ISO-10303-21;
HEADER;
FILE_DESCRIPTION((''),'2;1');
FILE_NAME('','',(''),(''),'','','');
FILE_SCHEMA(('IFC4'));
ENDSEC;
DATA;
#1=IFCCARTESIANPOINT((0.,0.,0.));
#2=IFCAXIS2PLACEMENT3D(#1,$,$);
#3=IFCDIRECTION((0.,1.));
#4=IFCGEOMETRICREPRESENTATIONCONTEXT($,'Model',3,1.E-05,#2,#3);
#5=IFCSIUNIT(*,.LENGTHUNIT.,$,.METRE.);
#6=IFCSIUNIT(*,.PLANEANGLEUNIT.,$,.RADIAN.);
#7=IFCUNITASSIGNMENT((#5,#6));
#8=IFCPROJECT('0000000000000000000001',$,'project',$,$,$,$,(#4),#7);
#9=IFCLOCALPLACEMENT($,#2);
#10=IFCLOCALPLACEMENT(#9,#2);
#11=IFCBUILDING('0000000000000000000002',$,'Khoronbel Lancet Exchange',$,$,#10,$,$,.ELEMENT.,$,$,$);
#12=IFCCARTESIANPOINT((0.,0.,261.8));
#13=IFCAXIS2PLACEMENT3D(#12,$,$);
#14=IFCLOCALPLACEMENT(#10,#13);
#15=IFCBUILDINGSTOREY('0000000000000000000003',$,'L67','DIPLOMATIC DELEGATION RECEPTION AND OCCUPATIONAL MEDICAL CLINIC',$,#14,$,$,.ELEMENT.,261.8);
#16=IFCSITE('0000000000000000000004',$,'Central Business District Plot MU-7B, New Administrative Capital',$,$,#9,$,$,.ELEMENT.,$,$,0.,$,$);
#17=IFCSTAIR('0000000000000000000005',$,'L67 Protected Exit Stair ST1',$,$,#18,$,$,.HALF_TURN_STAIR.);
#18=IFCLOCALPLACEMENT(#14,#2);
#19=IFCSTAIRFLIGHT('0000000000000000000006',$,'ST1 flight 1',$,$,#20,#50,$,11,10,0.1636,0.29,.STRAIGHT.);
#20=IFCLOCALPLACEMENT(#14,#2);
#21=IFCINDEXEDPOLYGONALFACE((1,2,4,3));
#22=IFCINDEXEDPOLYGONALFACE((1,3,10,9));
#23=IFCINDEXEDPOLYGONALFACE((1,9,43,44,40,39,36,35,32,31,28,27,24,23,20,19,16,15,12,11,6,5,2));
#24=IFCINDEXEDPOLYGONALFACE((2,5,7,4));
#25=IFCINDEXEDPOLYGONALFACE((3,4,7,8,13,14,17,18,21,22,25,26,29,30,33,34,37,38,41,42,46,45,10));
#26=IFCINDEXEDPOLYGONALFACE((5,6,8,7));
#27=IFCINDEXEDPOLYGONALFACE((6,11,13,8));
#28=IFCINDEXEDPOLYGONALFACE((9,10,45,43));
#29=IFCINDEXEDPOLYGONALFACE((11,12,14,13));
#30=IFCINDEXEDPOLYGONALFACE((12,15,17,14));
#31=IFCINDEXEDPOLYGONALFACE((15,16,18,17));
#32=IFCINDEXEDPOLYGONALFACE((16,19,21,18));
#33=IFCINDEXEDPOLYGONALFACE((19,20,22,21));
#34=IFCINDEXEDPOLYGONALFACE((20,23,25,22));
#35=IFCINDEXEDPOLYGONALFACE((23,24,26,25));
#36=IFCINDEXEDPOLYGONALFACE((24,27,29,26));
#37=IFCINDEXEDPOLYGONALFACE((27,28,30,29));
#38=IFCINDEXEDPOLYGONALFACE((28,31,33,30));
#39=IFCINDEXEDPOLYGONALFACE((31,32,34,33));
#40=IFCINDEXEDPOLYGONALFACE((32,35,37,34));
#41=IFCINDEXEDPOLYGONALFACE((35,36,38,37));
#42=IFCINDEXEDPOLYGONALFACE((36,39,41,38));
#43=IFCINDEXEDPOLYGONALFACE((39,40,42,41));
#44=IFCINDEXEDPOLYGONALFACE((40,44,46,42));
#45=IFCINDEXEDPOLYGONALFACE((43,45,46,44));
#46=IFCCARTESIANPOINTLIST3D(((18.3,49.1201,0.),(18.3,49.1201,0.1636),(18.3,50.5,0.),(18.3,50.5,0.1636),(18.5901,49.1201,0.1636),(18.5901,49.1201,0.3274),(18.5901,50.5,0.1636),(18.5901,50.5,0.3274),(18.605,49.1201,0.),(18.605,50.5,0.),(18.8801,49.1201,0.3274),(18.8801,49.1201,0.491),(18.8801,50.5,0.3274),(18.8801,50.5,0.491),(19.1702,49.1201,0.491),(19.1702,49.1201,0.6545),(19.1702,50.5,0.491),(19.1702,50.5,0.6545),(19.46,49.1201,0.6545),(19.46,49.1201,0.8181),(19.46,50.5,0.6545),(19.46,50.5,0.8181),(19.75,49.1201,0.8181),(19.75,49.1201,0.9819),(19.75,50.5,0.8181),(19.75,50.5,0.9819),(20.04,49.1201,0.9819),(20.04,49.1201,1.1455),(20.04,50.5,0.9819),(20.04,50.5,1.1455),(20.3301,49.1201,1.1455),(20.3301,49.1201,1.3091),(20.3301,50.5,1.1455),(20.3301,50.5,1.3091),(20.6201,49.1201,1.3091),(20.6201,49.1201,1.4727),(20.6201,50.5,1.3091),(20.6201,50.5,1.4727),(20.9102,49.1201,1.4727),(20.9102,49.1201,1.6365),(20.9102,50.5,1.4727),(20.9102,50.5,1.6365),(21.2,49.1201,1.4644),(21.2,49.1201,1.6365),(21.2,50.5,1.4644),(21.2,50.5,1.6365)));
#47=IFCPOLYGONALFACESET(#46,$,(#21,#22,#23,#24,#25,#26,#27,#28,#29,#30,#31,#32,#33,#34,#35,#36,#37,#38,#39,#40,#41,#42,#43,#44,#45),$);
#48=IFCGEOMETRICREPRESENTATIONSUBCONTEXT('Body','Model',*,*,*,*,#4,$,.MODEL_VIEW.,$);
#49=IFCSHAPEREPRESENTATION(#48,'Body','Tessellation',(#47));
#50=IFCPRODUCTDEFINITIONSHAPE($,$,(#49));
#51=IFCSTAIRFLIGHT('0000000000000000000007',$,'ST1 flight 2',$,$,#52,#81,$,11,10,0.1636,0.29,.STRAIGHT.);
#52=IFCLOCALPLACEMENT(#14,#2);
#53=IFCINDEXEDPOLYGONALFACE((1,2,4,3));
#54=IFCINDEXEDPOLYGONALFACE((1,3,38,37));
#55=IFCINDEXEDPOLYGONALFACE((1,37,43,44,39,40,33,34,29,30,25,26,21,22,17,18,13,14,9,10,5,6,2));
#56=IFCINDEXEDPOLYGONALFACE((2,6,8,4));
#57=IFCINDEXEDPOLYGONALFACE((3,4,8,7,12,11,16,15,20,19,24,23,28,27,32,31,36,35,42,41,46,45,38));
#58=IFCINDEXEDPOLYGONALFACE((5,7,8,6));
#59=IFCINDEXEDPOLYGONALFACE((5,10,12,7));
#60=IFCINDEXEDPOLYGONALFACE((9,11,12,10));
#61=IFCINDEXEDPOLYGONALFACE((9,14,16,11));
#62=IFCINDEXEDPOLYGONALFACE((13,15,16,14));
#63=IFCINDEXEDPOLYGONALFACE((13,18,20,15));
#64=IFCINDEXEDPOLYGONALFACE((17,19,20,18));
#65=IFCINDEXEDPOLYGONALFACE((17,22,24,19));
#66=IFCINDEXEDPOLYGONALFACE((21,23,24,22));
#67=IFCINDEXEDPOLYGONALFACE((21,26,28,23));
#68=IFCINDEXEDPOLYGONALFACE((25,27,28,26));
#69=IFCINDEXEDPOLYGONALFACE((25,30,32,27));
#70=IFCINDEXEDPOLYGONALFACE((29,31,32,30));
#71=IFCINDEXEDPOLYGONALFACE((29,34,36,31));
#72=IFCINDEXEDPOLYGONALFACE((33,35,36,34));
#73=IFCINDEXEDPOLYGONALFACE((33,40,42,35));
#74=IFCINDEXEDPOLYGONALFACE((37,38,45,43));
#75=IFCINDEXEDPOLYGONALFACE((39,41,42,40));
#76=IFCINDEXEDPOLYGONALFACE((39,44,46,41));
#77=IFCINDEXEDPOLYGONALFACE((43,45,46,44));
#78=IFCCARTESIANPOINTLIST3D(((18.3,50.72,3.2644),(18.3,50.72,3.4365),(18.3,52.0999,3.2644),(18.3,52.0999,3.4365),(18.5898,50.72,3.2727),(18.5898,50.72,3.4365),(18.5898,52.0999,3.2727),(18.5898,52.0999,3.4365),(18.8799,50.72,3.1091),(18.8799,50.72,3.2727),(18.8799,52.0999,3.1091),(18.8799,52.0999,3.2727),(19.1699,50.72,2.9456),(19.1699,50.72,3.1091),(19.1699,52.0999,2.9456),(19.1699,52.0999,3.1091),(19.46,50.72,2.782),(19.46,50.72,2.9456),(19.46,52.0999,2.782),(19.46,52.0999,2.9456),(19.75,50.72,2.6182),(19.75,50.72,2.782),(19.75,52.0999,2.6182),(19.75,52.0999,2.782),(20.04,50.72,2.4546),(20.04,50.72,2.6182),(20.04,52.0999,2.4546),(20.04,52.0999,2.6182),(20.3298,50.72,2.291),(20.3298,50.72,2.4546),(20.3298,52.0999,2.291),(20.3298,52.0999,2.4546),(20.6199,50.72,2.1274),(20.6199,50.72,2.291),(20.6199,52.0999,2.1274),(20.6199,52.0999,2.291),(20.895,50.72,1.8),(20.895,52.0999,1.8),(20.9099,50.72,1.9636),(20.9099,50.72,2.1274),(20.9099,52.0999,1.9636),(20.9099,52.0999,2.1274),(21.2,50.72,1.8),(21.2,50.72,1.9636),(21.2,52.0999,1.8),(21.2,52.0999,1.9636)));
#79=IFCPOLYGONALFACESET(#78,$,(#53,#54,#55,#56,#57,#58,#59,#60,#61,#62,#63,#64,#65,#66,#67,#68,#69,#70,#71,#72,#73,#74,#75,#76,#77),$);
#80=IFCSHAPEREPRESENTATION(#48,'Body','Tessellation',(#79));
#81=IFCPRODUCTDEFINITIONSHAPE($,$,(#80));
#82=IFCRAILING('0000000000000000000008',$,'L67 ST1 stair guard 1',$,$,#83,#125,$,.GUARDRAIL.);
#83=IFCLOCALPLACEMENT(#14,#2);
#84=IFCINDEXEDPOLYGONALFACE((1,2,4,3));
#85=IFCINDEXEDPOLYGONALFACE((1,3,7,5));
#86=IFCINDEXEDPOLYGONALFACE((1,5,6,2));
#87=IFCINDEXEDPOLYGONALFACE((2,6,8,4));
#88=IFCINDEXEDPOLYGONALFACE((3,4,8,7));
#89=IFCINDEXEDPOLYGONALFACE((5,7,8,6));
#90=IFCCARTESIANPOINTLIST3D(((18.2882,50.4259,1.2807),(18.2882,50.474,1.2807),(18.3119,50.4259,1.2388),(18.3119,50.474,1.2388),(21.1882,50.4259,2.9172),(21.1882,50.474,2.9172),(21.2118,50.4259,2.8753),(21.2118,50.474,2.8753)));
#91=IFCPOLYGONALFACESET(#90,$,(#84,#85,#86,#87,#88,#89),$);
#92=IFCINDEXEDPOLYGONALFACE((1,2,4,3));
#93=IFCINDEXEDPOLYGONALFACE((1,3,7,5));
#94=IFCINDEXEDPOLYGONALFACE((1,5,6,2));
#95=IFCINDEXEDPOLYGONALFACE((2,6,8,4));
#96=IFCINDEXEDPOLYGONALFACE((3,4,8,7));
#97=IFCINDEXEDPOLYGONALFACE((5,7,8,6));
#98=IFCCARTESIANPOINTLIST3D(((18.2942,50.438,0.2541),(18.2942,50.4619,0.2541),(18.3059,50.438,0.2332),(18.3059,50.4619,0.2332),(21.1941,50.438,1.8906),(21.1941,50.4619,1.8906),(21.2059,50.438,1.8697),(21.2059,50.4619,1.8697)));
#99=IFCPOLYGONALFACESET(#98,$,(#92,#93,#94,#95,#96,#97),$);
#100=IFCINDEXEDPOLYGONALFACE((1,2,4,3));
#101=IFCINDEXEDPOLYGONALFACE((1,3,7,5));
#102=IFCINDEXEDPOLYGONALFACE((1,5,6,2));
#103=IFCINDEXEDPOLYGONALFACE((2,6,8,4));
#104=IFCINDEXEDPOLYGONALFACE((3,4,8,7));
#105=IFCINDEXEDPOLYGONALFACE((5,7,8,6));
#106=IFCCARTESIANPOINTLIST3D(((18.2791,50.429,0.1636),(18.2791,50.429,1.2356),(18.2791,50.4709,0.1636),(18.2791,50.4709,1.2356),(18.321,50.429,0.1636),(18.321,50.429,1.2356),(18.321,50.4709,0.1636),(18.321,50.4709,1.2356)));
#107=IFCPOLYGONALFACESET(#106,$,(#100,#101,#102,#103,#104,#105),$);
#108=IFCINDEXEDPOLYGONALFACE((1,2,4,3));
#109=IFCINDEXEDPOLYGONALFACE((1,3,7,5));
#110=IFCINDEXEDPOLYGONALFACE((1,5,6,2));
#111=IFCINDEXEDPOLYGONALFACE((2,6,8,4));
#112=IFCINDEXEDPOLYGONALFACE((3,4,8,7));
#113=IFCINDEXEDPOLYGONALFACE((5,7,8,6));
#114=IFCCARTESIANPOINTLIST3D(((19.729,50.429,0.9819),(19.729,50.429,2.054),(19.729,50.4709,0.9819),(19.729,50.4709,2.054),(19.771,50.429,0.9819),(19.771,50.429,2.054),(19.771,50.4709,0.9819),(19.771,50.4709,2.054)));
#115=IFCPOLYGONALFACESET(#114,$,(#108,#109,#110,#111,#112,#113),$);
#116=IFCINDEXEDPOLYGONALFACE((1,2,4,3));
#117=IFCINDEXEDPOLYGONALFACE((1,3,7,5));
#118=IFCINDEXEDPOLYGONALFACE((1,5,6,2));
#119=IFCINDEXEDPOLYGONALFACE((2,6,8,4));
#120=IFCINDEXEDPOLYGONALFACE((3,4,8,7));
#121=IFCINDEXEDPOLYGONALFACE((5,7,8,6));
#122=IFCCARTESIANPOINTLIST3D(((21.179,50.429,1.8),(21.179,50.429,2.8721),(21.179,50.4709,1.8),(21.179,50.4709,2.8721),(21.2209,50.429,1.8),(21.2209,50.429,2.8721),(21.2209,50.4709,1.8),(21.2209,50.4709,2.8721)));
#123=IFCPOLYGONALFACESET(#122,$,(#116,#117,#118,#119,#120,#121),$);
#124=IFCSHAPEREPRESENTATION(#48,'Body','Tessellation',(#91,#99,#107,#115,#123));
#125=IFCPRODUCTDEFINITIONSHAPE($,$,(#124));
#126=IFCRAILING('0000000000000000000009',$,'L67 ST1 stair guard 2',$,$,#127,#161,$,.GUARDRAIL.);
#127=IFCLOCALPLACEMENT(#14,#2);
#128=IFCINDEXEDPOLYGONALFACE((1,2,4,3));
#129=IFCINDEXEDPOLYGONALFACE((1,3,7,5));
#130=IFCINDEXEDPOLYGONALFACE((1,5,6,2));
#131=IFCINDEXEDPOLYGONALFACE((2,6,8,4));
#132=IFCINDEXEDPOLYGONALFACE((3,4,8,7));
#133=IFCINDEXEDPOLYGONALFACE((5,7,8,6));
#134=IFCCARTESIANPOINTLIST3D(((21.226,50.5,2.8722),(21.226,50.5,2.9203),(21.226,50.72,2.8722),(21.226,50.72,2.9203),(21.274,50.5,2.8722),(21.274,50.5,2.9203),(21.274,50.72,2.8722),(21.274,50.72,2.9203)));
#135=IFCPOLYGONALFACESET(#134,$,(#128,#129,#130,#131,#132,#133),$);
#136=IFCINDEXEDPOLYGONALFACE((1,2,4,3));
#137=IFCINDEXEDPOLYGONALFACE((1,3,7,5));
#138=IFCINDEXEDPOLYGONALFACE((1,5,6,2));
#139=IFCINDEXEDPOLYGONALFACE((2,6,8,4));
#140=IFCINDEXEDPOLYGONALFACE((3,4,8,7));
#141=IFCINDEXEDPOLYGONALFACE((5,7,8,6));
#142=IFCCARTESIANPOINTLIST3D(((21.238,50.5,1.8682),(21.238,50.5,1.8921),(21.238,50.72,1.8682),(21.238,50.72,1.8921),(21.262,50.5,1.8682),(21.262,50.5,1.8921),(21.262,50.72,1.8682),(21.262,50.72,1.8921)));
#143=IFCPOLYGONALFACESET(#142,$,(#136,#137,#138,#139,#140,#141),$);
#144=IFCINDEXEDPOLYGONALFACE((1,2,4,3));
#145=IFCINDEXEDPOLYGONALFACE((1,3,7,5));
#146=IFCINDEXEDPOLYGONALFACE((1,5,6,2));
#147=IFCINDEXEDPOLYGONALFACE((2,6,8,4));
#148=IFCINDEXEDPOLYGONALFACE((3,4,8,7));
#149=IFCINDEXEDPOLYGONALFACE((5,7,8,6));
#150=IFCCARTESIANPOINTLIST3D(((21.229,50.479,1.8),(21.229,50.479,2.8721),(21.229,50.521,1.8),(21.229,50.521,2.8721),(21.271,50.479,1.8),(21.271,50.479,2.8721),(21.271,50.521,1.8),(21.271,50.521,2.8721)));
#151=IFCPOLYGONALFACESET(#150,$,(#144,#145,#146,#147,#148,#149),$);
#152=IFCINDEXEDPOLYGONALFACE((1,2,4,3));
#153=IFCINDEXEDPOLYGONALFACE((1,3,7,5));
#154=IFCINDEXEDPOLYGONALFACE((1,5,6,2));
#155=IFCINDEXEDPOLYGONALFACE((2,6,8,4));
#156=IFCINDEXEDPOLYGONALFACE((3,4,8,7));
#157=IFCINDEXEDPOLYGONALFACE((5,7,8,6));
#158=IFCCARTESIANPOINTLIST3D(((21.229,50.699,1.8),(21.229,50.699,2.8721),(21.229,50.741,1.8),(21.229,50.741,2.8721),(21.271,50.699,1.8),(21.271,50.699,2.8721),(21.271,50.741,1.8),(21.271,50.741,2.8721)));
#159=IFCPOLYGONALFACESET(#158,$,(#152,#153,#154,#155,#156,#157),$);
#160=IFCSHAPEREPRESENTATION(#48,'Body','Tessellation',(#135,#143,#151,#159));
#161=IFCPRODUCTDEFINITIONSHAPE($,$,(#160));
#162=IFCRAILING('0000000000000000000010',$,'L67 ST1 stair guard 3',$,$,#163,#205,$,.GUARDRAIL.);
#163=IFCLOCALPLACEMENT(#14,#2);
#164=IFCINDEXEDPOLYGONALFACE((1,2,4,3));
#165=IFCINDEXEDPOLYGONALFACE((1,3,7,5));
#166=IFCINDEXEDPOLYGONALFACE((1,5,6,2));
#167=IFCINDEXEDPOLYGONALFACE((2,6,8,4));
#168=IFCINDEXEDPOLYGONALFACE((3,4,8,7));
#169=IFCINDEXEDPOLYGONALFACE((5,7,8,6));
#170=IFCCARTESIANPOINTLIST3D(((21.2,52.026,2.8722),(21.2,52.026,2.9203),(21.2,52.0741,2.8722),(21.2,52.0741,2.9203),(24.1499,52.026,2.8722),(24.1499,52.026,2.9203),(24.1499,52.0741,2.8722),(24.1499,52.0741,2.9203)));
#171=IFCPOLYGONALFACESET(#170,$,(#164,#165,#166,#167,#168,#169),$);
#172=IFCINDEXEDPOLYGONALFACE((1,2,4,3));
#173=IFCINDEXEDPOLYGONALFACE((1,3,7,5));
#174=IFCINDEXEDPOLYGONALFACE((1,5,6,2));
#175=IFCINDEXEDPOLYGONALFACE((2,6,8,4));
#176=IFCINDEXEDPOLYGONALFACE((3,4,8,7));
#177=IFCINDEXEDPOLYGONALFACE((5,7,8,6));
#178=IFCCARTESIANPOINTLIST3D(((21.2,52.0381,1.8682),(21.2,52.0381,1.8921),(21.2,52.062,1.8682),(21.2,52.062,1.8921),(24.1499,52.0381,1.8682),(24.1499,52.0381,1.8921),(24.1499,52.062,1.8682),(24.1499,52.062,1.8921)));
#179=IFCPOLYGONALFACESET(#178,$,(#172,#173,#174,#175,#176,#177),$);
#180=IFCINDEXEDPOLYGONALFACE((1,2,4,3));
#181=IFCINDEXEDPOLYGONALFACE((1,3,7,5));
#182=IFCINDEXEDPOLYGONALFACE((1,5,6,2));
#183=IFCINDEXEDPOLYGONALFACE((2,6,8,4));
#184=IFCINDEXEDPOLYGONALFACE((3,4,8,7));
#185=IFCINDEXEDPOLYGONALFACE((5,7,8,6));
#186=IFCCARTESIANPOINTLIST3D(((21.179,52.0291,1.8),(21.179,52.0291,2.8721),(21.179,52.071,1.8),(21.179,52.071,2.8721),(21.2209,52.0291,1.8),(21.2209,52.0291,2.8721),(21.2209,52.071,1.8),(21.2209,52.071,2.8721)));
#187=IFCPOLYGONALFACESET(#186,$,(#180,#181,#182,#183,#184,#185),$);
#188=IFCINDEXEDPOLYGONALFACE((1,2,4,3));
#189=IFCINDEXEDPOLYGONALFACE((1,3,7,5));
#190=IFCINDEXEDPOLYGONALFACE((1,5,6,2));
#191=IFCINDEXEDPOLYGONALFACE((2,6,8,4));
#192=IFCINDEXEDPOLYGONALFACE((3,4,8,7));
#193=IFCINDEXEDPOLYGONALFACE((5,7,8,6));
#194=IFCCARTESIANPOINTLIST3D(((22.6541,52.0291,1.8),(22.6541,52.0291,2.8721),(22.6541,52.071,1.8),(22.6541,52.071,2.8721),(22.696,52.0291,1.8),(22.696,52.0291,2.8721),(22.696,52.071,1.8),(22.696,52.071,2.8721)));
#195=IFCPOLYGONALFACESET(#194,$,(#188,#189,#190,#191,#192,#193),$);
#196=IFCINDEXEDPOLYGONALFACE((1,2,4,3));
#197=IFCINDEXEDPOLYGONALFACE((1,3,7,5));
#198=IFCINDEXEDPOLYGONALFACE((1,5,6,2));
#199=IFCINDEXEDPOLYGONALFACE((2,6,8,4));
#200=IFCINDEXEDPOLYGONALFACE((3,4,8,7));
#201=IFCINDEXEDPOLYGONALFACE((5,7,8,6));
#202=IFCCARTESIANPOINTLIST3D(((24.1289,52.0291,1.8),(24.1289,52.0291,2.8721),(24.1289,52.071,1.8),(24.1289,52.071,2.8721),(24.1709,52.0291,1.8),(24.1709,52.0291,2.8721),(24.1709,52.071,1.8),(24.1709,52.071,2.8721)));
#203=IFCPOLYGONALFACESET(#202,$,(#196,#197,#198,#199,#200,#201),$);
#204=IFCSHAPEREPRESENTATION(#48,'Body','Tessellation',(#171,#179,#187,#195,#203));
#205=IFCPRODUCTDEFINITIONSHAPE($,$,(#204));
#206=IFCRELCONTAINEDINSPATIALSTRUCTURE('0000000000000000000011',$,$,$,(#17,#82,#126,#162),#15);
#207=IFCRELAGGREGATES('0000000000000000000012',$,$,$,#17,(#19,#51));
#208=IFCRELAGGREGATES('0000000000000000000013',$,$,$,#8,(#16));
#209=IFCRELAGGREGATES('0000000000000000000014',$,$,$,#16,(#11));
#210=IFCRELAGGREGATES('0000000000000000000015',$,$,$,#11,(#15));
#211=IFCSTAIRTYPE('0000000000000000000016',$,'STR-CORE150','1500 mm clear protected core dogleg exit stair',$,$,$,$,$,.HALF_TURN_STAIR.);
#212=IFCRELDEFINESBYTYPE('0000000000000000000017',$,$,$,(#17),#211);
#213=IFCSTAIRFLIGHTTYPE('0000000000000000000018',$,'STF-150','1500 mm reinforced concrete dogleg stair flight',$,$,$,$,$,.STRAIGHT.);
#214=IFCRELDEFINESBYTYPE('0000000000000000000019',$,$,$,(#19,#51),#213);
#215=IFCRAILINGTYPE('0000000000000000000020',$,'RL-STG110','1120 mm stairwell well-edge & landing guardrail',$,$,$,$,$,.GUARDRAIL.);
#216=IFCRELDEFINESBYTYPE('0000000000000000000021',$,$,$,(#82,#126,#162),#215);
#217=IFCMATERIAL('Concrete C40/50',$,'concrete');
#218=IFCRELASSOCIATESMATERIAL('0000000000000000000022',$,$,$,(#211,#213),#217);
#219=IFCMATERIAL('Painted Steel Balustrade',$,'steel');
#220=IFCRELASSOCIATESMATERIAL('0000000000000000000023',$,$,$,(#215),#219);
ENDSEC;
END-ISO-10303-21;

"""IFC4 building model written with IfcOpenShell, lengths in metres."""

from ifc_helpers import new_model, si_unit, direction, frame, origin, origin_2d, place, context, subcontext, project, spatial, polyline, rectangle, outline, extrude, material, type_object, element, aggregate, save


model = new_model("IFC4")

# Units and contexts
model_context = context("Model", 3, precision=1e-05, world=origin(), true_north=direction((0.0, 1.0)))
body_context = subcontext(model_context, "Body", "Model", "MODEL_VIEW")
ifc_project = project(units=[si_unit("LENGTHUNIT", "METRE"), si_unit("PLANEANGLEUNIT", "RADIAN")], contexts=[model_context])

# Site, building, storey
site_placement = place(None, origin())
site = spatial("IfcSite", under=ifc_project, at=site_placement, Name="Central Business District Plot MU-7B, New Administrative Capital", CompositionType="ELEMENT", RefElevation=0.0)
building_placement = place(site_placement, origin())
building = spatial("IfcBuilding", under=site, at=building_placement, Name="Khoronbel Lancet Exchange", CompositionType="ELEMENT")
storey_placement = place(building_placement, frame((0.0, 0.0, 261.8)))
storey = spatial("IfcBuildingStorey", under=building, at=storey_placement, Name="L67", Description="DIPLOMATIC DELEGATION RECEPTION AND OCCUPATIONAL MEDICAL CLINIC", CompositionType="ELEMENT", Elevation=261.8)

# Stair, stair flights
ifc_material_1 = material(Name="Concrete C40/50", Category="concrete")
stair_type = type_object("IfcStairType", Name="STR-CORE150", Description="1500 mm clear protected core dogleg exit stair", PredefinedType="HALF_TURN_STAIR", material=ifc_material_1)
stair_placement = place(storey_placement, origin())
stair = element("IfcStair", 1, at=stair_placement, inside=storey, type_object=stair_type, Name="L67 Protected Exit Stair ST1", PredefinedType="HALF_TURN_STAIR")
stair_flight_type = type_object("IfcStairFlightType", Name="STF-150", Description="1500 mm reinforced concrete dogleg stair flight", PredefinedType="STRAIGHT", material=ifc_material_1)
stair_flight_1_placement = place(storey_placement, frame((18.3, 49.8101, 0.0), z_axis=(0.0, 0.0, 1.0), x_axis=(1.0, 0.0, 0.0)))
stair_flight_1 = element("IfcStairFlight", 2, at=stair_flight_1_placement, type_object=stair_flight_type, Name="ST1 flight 1", NumberOfRisers=11, NumberOfTreads=10, PredefinedType="STRAIGHT", RiserHeight=0.1636, TreadLength=0.29, context=body_context, shape_type="SweptSolid", body=[
    extrude(outline(polyline([(0.0, 0.0), (0.0, 0.1636), (0.29, 0.1636), (0.29, 0.3274), (0.5801, 0.3274), (0.5801, 0.491), (0.8701, 0.491), (0.8701, 0.6545), (1.1599, 0.6545), (1.1599, 0.8181), (1.45, 0.8181), (1.45, 0.9819), (1.74, 0.9819), (1.74, 1.1455), (2.03, 1.1455), (2.03, 1.3091), (2.3201, 1.3091), (2.3201, 1.4727), (2.6101, 1.4727), (2.6101, 1.6365), (2.8999, 1.6365), (2.8999, 1.8), (2.8999, 1.4644), (0.3049, 0.0), (0.0, 0.0)])), frame((0.0, 0.6899, 0.0), z_axis=(0.0, -1.0, 0.0), x_axis=(1.0, 0.0, 0.0)), (0.0, 0.0, 1.0), 1.3799),
])
stair_flight_2_placement = place(storey_placement, frame((21.2, 51.4099, 1.8), z_axis=(0.0, 0.0, 1.0), x_axis=(-1.0, 0.0, 0.0)))
stair_flight_2 = element("IfcStairFlight", 3, at=stair_flight_2_placement, type_object=stair_flight_type, Name="ST1 flight 2", NumberOfRisers=11, NumberOfTreads=10, PredefinedType="STRAIGHT", RiserHeight=0.1636, TreadLength=0.29, context=body_context, shape_type="SweptSolid", body=[
    extrude(outline(polyline([(0.0, 0.0), (0.0, 0.1636), (0.29, 0.1636), (0.29, 0.3274), (0.5801, 0.3274), (0.5801, 0.491), (0.8701, 0.491), (0.8701, 0.6545), (1.1599, 0.6545), (1.1599, 0.8181), (1.45, 0.8181), (1.45, 0.9819), (1.74, 0.9819), (1.74, 1.1455), (2.03, 1.1455), (2.03, 1.3091), (2.3201, 1.3091), (2.3201, 1.4727), (2.6101, 1.4727), (2.6101, 1.6365), (2.8999, 1.6365), (2.8999, 1.8), (2.8999, 1.4644), (0.3049, 0.0), (0.0, 0.0)])), frame((0.0, 0.6899, 0.0), z_axis=(0.0, -1.0, 0.0), x_axis=(1.0, 0.0, 0.0)), (0.0, 0.0, 1.0), 1.3799),
])
aggregate(stair, [stair_flight_1, stair_flight_2])

# Railings
ifc_material_2 = material(Name="Painted Steel Balustrade", Category="steel")
railing_type_1 = type_object("IfcRailingType", Name="RL-STG110", Description="1120 mm stairwell well-edge & landing guardrail", PredefinedType="GUARDRAIL", material=ifc_material_2)
railing_1_placement = place(storey_placement, frame((18.3, 50.45, 0.1636)))
element("IfcRailing", 4, at=railing_1_placement, inside=storey, type_object=railing_type_1, Name="L67 ST1 stair guard 1", PredefinedType="GUARDRAIL", context=body_context, shape_type="SweptSolid", body=[
    extrude(rectangle(XDim=0.0481, YDim=0.0481, at=origin_2d()), frame((0.0, 0.0, 1.0962), z_axis=(0.870897, 0.0, 0.491465), x_axis=(0.0, 1.0, 0.0)), (0.0, 0.0, 1.0), 3.3298),
    extrude(rectangle(XDim=0.0239, YDim=0.0239, at=origin_2d()), frame((0.0, 0.0, 0.0801), z_axis=(0.870897, 0.0, 0.491465), x_axis=(0.0, 1.0, 0.0)), (0.0, 0.0, 1.0), 3.3298),
    extrude(rectangle(XDim=0.042, YDim=0.042, at=origin_2d()), origin(), (0.0, 0.0, 1.0), 1.072),
    extrude(rectangle(XDim=0.042, YDim=0.042, at=origin_2d()), frame((1.45, 0.0, 0.8184)), (0.0, 0.0, 1.0), 1.072),
    extrude(rectangle(XDim=0.042, YDim=0.042, at=origin_2d()), frame((2.8999, 0.0, 1.6365)), (0.0, 0.0, 1.0), 1.072),
])
railing_2_placement = place(storey_placement, frame((21.25, 50.5, 1.8)))
element("IfcRailing", 5, at=railing_2_placement, inside=storey, type_object=railing_type_1, Name="L67 ST1 stair guard 2", PredefinedType="GUARDRAIL", context=body_context, shape_type="SweptSolid", body=[
    extrude(rectangle(XDim=0.0481, YDim=0.0481, at=origin_2d()), frame((0.0, 0.0, 1.0962), z_axis=(0.0, 1.0, 0.0), x_axis=(-1.0, 0.0, 0.0)), (0.0, 0.0, 1.0), 0.22),
    extrude(rectangle(XDim=0.0239, YDim=0.0239, at=origin_2d()), frame((0.0, 0.0, 0.0801), z_axis=(0.0, 1.0, 0.0), x_axis=(-1.0, 0.0, 0.0)), (0.0, 0.0, 1.0), 0.22),
    extrude(rectangle(XDim=0.042, YDim=0.042, at=origin_2d()), origin(), (0.0, 0.0, 1.0), 1.072),
    extrude(rectangle(XDim=0.042, YDim=0.042, at=origin_2d()), frame((0.0, 0.22, 0.0)), (0.0, 0.0, 1.0), 1.072),
])
railing_3_placement = place(storey_placement, frame((21.2, 52.05, 1.8)))
element("IfcRailing", 6, at=railing_3_placement, inside=storey, type_object=railing_type_1, Name="L67 ST1 stair guard 3", PredefinedType="GUARDRAIL", context=body_context, shape_type="SweptSolid", body=[
    extrude(rectangle(XDim=0.0481, YDim=0.0481, at=origin_2d()), frame((0.0, 0.0, 1.0962), z_axis=(1.0, 0.0, 0.0), x_axis=(0.0, 1.0, 0.0)), (0.0, 0.0, 1.0), 2.95),
    extrude(rectangle(XDim=0.0239, YDim=0.0239, at=origin_2d()), frame((0.0, 0.0, 0.0801), z_axis=(1.0, 0.0, 0.0), x_axis=(0.0, 1.0, 0.0)), (0.0, 0.0, 1.0), 2.95),
    extrude(rectangle(XDim=0.042, YDim=0.042, at=origin_2d()), origin(), (0.0, 0.0, 1.0), 1.072),
    extrude(rectangle(XDim=0.042, YDim=0.042, at=origin_2d()), frame((1.4751, 0.0, 0.0)), (0.0, 0.0, 1.0), 1.072),
    extrude(rectangle(XDim=0.042, YDim=0.042, at=origin_2d()), frame((2.95, 0.0, 0.0)), (0.0, 0.0, 1.0), 1.072),
])

save(model, "model.ifc")
